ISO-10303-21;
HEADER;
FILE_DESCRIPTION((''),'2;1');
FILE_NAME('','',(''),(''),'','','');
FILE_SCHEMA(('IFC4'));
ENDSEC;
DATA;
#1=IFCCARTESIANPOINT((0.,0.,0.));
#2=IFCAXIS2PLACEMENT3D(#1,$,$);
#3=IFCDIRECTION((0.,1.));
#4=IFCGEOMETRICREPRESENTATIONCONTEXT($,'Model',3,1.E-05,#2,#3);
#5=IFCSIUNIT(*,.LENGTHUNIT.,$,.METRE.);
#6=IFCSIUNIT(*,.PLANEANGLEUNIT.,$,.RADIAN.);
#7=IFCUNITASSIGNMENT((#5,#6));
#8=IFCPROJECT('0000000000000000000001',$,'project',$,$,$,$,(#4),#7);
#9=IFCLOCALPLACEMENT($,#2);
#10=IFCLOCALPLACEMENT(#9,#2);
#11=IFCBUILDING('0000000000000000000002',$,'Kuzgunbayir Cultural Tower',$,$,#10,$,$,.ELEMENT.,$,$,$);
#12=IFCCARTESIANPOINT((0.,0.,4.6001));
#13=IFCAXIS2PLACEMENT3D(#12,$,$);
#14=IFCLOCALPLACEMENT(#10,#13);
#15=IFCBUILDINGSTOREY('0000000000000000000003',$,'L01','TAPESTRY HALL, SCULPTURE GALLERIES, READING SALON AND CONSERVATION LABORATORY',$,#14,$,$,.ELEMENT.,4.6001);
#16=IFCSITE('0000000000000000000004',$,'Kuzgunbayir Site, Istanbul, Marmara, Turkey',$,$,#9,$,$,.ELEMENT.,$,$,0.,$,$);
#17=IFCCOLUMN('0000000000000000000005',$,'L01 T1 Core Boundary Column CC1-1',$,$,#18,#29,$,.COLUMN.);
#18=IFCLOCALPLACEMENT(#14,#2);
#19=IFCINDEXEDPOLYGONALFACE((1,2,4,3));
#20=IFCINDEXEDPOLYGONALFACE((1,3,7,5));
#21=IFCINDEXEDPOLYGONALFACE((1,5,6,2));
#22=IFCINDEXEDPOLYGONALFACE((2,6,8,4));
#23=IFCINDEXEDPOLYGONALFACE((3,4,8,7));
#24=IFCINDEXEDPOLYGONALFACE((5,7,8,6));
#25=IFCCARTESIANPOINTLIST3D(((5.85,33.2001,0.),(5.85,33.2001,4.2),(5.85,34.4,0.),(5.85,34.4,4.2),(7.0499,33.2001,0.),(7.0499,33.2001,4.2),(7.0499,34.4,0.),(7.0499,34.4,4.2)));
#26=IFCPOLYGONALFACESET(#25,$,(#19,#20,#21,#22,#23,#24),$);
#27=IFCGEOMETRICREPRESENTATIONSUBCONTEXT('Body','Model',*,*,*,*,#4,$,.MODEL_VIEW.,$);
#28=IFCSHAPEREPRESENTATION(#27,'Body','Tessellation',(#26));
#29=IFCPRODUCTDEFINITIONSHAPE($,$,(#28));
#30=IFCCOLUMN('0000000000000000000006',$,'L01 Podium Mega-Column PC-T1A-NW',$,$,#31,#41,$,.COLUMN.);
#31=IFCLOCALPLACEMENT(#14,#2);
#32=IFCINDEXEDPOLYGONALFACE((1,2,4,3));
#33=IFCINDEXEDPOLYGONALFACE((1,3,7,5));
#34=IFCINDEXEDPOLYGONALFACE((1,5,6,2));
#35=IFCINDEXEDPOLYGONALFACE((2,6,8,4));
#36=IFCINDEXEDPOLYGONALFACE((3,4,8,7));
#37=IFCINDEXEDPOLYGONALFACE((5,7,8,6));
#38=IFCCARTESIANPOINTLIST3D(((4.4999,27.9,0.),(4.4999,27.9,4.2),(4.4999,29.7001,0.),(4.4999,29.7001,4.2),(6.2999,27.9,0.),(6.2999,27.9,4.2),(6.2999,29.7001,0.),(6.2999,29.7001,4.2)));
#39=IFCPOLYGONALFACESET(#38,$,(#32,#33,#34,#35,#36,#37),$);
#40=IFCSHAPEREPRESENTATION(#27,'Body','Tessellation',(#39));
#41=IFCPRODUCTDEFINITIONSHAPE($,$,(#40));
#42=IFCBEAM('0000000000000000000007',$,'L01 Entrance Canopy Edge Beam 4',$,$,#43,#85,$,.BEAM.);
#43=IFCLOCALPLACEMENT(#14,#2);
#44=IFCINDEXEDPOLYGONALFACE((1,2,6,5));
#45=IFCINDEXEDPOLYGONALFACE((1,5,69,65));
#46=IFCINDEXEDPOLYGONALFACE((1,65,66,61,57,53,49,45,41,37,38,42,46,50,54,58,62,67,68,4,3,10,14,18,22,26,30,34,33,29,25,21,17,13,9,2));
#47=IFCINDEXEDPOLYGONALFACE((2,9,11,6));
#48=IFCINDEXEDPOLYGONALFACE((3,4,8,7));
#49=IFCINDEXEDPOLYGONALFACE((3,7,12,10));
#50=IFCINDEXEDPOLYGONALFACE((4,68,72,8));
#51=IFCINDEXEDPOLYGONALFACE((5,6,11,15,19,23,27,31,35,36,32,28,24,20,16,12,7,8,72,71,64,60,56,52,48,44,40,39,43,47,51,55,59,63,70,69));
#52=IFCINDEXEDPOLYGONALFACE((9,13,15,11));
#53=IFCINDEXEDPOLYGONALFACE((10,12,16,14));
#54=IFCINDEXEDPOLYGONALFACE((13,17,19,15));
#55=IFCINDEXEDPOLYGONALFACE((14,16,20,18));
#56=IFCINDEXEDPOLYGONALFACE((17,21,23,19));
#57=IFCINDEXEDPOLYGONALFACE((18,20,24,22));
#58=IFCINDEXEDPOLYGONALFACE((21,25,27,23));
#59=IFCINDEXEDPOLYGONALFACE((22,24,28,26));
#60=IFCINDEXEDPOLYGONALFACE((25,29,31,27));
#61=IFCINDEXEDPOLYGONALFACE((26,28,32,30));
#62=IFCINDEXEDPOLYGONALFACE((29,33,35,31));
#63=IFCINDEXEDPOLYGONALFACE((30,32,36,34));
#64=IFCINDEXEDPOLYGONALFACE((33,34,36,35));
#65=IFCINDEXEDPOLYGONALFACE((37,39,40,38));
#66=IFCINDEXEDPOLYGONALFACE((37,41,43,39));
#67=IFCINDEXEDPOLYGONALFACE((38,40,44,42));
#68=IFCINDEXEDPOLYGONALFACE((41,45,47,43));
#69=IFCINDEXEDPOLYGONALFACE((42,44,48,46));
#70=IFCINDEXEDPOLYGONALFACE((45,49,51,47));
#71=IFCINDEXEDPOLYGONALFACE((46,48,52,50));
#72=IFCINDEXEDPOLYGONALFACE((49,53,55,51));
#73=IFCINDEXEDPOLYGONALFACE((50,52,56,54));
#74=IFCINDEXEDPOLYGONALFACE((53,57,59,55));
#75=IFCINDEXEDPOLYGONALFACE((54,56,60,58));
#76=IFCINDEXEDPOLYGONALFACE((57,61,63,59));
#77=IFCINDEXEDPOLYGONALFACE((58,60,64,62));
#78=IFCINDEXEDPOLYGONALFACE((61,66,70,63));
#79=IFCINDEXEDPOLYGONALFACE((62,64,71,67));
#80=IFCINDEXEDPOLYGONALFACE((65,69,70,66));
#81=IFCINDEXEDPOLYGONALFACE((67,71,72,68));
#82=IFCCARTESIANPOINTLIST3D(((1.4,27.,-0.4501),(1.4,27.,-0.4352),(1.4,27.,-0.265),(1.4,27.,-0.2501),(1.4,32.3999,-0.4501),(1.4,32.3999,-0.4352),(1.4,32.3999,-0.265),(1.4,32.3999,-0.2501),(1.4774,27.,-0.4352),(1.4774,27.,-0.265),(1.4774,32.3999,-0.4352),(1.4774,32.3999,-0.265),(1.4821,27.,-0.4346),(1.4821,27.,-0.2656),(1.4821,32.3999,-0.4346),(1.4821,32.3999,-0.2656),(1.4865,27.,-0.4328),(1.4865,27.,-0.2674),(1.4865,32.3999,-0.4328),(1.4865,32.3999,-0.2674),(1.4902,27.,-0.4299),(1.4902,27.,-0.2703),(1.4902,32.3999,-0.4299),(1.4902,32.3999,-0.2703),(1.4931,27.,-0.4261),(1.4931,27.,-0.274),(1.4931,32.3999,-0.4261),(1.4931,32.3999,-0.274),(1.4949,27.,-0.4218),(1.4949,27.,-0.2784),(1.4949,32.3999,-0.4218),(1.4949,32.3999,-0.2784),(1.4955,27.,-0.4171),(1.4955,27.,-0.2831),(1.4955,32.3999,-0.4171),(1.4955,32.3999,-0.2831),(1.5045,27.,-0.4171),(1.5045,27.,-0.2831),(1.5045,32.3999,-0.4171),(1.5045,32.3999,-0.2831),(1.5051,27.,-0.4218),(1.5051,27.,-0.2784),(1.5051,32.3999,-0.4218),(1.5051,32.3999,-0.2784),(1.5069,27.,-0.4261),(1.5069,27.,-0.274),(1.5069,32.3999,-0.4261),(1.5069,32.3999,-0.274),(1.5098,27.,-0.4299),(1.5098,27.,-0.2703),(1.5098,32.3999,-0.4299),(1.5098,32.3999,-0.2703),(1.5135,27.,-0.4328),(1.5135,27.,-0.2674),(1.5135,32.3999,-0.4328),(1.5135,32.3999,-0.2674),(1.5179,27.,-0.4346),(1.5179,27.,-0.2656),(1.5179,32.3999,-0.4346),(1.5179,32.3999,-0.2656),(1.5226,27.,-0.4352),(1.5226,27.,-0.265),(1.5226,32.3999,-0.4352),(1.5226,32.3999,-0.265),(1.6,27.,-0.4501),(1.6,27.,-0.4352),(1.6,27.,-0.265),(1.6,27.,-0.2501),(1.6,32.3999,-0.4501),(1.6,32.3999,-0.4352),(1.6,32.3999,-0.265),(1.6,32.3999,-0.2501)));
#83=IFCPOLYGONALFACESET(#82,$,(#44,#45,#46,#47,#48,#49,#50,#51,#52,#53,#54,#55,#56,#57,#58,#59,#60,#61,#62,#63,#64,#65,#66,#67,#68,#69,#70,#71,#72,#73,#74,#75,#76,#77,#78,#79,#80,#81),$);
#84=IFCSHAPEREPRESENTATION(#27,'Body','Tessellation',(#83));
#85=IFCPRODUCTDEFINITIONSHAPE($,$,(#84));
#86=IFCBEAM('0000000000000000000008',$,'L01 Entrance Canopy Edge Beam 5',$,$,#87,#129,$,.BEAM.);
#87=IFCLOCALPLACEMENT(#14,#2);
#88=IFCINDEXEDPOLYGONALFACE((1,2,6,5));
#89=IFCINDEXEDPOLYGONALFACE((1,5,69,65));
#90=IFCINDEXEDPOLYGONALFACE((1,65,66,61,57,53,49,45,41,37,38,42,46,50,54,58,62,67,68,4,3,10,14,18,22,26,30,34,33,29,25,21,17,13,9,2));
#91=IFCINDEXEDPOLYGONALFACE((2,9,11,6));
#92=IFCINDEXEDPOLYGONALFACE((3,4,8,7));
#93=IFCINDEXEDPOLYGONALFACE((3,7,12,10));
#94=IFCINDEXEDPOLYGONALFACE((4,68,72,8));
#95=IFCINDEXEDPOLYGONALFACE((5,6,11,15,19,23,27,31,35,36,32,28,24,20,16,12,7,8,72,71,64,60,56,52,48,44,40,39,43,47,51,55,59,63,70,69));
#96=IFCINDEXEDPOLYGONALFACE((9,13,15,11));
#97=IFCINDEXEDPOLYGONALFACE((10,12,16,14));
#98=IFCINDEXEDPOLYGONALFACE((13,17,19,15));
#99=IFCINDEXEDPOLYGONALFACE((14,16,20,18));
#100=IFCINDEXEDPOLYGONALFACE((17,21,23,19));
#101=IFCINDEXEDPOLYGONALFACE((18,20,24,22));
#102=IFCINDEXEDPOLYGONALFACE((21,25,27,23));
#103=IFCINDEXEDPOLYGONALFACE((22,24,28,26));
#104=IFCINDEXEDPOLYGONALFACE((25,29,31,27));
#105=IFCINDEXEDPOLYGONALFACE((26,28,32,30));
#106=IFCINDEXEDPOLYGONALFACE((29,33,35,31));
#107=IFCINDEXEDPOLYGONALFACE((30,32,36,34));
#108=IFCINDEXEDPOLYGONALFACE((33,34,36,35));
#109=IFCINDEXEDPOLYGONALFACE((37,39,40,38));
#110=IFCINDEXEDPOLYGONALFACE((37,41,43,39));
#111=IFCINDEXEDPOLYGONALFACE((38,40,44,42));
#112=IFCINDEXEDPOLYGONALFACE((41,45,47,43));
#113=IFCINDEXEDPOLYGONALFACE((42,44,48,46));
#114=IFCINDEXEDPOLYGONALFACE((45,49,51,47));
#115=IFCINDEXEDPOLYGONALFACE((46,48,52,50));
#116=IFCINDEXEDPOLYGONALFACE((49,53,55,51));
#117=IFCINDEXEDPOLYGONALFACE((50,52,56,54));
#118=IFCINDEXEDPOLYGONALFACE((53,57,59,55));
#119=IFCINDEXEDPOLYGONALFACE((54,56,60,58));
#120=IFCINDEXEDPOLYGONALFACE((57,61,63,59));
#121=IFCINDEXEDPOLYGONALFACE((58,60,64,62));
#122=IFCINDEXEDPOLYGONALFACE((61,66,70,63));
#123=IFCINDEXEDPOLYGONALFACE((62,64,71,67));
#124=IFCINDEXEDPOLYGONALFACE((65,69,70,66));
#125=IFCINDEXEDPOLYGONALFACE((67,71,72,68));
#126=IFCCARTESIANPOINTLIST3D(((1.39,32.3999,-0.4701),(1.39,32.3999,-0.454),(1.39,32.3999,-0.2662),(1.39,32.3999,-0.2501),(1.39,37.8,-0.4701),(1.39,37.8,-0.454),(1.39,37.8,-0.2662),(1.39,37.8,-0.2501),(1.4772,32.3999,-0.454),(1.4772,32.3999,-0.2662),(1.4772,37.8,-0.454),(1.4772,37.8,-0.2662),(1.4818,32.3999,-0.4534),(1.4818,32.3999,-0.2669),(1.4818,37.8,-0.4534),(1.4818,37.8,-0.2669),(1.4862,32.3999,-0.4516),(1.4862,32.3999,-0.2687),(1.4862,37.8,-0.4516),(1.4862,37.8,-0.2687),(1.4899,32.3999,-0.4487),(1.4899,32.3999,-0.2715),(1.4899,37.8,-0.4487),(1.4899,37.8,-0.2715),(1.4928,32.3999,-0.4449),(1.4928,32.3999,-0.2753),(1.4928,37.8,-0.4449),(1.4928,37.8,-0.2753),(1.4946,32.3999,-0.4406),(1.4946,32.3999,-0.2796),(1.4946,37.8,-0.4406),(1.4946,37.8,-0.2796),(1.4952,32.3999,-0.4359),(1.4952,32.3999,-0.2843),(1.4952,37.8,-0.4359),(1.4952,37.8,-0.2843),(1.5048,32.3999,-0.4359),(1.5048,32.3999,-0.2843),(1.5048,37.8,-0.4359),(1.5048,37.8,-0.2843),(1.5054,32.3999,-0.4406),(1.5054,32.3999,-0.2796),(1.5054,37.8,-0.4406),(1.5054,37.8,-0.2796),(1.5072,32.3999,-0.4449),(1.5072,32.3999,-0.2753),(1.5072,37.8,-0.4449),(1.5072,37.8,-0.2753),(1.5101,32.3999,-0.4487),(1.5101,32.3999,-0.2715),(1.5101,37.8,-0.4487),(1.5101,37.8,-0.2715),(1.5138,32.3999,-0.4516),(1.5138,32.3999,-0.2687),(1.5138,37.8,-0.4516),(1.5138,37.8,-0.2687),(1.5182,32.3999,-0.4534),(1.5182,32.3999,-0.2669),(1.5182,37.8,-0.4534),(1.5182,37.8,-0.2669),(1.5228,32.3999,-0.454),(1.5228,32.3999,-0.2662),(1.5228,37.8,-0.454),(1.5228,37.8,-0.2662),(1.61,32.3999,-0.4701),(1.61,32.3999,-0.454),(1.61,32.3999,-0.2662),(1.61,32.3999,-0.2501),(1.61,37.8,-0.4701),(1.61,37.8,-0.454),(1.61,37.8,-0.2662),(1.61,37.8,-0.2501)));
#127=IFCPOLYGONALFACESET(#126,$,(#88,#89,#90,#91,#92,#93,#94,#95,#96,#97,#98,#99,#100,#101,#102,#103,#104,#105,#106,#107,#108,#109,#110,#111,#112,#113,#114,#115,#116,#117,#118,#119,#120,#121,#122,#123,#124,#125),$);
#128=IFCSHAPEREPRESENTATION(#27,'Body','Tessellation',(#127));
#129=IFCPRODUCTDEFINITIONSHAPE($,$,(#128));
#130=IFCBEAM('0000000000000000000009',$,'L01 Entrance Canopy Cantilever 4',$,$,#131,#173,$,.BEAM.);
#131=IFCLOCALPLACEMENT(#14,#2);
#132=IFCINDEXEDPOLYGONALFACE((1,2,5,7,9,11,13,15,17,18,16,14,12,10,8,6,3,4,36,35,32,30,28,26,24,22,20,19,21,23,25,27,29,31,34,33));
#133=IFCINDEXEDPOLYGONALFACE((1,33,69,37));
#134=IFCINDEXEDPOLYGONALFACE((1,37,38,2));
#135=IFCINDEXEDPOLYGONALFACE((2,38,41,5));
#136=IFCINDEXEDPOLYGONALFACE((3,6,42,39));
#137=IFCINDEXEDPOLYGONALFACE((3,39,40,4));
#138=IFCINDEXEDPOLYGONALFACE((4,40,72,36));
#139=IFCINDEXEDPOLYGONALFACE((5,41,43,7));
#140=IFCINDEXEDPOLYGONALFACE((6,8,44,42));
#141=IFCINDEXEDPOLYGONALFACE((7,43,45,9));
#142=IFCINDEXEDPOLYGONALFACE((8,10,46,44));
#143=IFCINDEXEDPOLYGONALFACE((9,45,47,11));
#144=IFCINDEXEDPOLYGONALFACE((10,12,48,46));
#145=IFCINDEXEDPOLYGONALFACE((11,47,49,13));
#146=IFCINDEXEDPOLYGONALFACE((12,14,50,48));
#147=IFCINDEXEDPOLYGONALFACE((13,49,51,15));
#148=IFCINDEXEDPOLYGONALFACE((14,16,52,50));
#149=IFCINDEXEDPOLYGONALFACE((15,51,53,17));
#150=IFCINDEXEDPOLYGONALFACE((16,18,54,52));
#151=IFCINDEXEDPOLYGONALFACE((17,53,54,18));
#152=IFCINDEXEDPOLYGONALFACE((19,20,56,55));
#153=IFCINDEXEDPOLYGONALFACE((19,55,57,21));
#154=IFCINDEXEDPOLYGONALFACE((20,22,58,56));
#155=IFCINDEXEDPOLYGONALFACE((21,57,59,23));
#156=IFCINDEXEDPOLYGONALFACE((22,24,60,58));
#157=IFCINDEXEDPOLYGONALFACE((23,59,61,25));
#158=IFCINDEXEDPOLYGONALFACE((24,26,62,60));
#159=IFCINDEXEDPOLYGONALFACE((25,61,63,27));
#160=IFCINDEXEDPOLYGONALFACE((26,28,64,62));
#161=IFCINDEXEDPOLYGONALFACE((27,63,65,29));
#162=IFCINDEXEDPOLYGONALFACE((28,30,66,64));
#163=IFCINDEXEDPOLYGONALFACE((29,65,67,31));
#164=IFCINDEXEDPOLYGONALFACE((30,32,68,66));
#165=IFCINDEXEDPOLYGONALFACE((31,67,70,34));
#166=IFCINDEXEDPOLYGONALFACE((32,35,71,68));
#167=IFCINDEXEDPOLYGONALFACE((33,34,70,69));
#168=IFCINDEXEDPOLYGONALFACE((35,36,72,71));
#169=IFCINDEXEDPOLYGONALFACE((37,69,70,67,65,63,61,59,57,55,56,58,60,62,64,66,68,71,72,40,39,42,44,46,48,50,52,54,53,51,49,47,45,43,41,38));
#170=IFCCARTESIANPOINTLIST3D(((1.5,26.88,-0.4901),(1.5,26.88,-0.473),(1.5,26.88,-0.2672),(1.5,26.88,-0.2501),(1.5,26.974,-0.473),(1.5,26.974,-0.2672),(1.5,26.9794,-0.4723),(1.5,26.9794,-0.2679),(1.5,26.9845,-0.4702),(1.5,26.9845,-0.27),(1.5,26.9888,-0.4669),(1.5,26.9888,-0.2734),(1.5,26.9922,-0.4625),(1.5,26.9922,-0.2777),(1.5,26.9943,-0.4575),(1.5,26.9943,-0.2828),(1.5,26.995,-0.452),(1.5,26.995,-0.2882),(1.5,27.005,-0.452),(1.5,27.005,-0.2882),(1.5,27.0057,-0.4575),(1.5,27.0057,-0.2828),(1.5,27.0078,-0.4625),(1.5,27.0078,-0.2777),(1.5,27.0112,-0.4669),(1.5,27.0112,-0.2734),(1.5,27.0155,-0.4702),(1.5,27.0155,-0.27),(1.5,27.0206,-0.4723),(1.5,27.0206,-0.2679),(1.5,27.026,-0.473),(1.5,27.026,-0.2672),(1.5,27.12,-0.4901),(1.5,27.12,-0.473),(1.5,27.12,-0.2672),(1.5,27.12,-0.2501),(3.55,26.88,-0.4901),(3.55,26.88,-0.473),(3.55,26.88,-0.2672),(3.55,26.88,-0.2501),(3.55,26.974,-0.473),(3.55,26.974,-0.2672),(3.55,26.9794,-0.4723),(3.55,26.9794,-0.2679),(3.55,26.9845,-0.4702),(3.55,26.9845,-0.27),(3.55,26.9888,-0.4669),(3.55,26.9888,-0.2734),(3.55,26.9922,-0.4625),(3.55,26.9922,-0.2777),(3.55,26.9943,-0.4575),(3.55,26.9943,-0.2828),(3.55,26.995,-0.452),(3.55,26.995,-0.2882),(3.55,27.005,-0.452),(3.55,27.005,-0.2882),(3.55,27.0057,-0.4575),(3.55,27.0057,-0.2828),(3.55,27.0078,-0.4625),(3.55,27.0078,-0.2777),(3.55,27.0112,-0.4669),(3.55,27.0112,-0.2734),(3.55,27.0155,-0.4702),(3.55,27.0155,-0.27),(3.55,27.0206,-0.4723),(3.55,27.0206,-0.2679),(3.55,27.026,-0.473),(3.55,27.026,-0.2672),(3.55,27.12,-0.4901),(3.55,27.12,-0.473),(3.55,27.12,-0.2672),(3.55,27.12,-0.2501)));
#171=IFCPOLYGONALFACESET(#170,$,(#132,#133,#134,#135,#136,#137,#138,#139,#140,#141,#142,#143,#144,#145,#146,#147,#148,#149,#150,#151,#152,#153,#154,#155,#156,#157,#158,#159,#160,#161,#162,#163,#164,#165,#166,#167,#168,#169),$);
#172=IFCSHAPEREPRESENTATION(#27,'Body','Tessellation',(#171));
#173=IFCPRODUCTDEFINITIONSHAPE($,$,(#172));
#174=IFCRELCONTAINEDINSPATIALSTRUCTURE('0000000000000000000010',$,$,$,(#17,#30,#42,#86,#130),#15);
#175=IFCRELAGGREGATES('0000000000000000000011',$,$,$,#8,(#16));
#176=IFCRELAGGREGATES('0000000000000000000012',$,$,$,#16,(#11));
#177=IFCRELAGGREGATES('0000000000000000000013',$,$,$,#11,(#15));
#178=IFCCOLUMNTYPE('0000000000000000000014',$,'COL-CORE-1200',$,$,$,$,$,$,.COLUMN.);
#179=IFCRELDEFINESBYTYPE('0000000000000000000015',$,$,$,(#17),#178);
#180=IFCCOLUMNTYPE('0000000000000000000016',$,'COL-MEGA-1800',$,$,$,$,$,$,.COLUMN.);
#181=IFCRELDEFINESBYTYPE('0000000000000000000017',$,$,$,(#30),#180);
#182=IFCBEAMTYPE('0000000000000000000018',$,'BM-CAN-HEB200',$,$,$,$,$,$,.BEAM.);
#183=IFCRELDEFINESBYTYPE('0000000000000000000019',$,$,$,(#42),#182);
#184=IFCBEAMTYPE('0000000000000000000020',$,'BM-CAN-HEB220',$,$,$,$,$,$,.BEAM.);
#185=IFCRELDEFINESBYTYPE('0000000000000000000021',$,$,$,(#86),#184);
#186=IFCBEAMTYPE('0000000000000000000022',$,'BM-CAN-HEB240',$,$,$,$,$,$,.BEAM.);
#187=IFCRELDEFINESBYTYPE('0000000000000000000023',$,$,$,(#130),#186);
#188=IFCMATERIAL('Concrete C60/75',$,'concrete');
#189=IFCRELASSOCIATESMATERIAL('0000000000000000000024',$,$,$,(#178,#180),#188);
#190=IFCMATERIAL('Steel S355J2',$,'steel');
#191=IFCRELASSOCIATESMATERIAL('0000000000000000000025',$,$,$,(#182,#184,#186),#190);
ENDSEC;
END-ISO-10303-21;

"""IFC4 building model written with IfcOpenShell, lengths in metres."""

from ifc_helpers import new_model, si_unit, direction, frame, origin, origin_2d, place, context, subcontext, project, spatial, rectangle, i_section, extrude, material, material_profile, profile_set, type_object, element, save


model = new_model("IFC4")

# Units and contexts
model_context = context("Model", 3, precision=1e-05, world=origin(), true_north=direction((0.0, 1.0)))
body_context = subcontext(model_context, "Body", "Model", "MODEL_VIEW")
ifc_project = project(units=[si_unit("LENGTHUNIT", "METRE"), si_unit("PLANEANGLEUNIT", "RADIAN")], contexts=[model_context])

# Site, building, storey
site_placement = place(None, origin())
site = spatial("IfcSite", under=ifc_project, at=site_placement, Name="Kuzgunbayir Site, Istanbul, Marmara, Turkey", CompositionType="ELEMENT", RefElevation=0.0)
building_placement = place(site_placement, origin())
building = spatial("IfcBuilding", under=site, at=building_placement, Name="Kuzgunbayir Cultural Tower", CompositionType="ELEMENT")
storey_placement = place(building_placement, frame((0.0, 0.0, 4.6001)))
storey = spatial("IfcBuildingStorey", under=building, at=storey_placement, Name="L01", Description="TAPESTRY HALL, SCULPTURE GALLERIES, READING SALON AND CONSERVATION LABORATORY", CompositionType="ELEMENT", Elevation=4.6001)

# Columns
ifc_material_1 = material(Name="Concrete C60/75", Category="concrete")
ifc_material_profile_1 = material_profile(ifc_material_1, rectangle(XDim=1.2, YDim=1.2, at=origin_2d()), Name="RC 1200x1200")
ifc_profile_set_1 = profile_set([ifc_material_profile_1], Name="Concrete C60/75")
column_type_1 = type_object("IfcColumnType", Name="COL-CORE-1200", PredefinedType="COLUMN", material=ifc_profile_set_1)
column_1_placement = place(storey_placement, frame((6.45, 33.8, 0.0), z_axis=(0.0, 0.0, 1.0), x_axis=(1.0, 0.0, 0.0)))
element("IfcColumn", 1, at=column_1_placement, inside=storey, type_object=column_type_1, Name="L01 T1 Core Boundary Column CC1-1", PredefinedType="COLUMN", context=body_context, shape_type="SweptSolid", body=[
    extrude(rectangle(XDim=1.2, YDim=1.2, at=origin_2d()), origin(), (0.0, 0.0, 1.0), 4.2),
])
ifc_material_profile_2 = material_profile(ifc_material_1, rectangle(XDim=1.8, YDim=1.8, at=origin_2d()), Name="RC 1800x1800")
ifc_profile_set_2 = profile_set([ifc_material_profile_2], Name="Concrete C60/75")
column_type_2 = type_object("IfcColumnType", Name="COL-MEGA-1800", PredefinedType="COLUMN", material=ifc_profile_set_2)
column_2_placement = place(storey_placement, frame((5.3999, 28.8, 0.0), z_axis=(0.0, 0.0, 1.0), x_axis=(1.0, 0.0, 0.0)))
element("IfcColumn", 2, at=column_2_placement, inside=storey, type_object=column_type_2, Name="L01 Podium Mega-Column PC-T1A-NW", PredefinedType="COLUMN", context=body_context, shape_type="SweptSolid", body=[
    extrude(rectangle(XDim=1.8, YDim=1.8, at=origin_2d()), origin(), (0.0, 0.0, 1.0), 4.2),
])

# Beams
ifc_material_2 = material(Name="Steel S355J2", Category="steel")
ifc_material_profile_3 = material_profile(ifc_material_2, i_section(OverallWidth=0.2, OverallDepth=0.2, WebThickness=0.009, FlangeThickness=0.0149, FilletRadius=0.0181, at=origin_2d()), Name="HEB 200")
ifc_profile_set_3 = profile_set([ifc_material_profile_3], Name="Steel S355J2")
beam_type_1 = type_object("IfcBeamType", Name="BM-CAN-HEB200", PredefinedType="BEAM", material=ifc_profile_set_3)
beam_1_placement = place(storey_placement, frame((1.5, 27.0, -0.3501), z_axis=(0.0, 1.0, 0.0), x_axis=(-1.0, 0.0, 0.0)))
element("IfcBeam", 3, at=beam_1_placement, inside=storey, type_object=beam_type_1, Name="L01 Entrance Canopy Edge Beam 4", PredefinedType="BEAM", context=body_context, shape_type="SweptSolid", body=[
    extrude(i_section(OverallWidth=0.2, OverallDepth=0.2, WebThickness=0.009, FlangeThickness=0.0149, FilletRadius=0.0181, at=origin_2d()), origin(), (0.0, 0.0, 1.0), 5.3999),
])
ifc_material_profile_4 = material_profile(ifc_material_2, i_section(OverallWidth=0.22, OverallDepth=0.22, WebThickness=0.0095, FlangeThickness=0.0161, FilletRadius=0.0181, at=origin_2d()), Name="HEB 220")
ifc_profile_set_4 = profile_set([ifc_material_profile_4], Name="Steel S355J2")
beam_type_2 = type_object("IfcBeamType", Name="BM-CAN-HEB220", PredefinedType="BEAM", material=ifc_profile_set_4)
beam_2_placement = place(storey_placement, frame((1.5, 32.3999, -0.3601), z_axis=(0.0, 1.0, 0.0), x_axis=(-1.0, 0.0, 0.0)))
element("IfcBeam", 4, at=beam_2_placement, inside=storey, type_object=beam_type_2, Name="L01 Entrance Canopy Edge Beam 5", PredefinedType="BEAM", context=body_context, shape_type="SweptSolid", body=[
    extrude(i_section(OverallWidth=0.22, OverallDepth=0.22, WebThickness=0.0095, FlangeThickness=0.0161, FilletRadius=0.0181, at=origin_2d()), origin(), (0.0, 0.0, 1.0), 5.4001),
])
ifc_material_profile_5 = material_profile(ifc_material_2, i_section(OverallWidth=0.24, OverallDepth=0.24, WebThickness=0.01, FlangeThickness=0.0171, FilletRadius=0.021, at=origin_2d()), Name="HEB 240")
ifc_profile_set_5 = profile_set([ifc_material_profile_5], Name="Steel S355J2")
beam_type_3 = type_object("IfcBeamType", Name="BM-CAN-HEB240", PredefinedType="BEAM", material=ifc_profile_set_5)
for number, where, z_axis, x_axis, name in (
    (5, (1.5, 27.0, -0.3701), (1.0, 0.0, 0.0), (0.0, 1.0, 0.0), "L01 Entrance Canopy Cantilever 4"),
):
    element("IfcBeam", number, at=place(storey_placement, frame(where, z_axis=z_axis, x_axis=x_axis)), inside=storey, type_object=beam_type_3, Name=name, PredefinedType="BEAM", context=body_context, shape_type="SweptSolid", body=[
        extrude(i_section(OverallWidth=0.24, OverallDepth=0.24, WebThickness=0.01, FlangeThickness=0.0171, FilletRadius=0.021, at=origin_2d()), origin(), (0.0, 0.0, 1.0), 2.05),
    ])

save(model, "model.ifc")
